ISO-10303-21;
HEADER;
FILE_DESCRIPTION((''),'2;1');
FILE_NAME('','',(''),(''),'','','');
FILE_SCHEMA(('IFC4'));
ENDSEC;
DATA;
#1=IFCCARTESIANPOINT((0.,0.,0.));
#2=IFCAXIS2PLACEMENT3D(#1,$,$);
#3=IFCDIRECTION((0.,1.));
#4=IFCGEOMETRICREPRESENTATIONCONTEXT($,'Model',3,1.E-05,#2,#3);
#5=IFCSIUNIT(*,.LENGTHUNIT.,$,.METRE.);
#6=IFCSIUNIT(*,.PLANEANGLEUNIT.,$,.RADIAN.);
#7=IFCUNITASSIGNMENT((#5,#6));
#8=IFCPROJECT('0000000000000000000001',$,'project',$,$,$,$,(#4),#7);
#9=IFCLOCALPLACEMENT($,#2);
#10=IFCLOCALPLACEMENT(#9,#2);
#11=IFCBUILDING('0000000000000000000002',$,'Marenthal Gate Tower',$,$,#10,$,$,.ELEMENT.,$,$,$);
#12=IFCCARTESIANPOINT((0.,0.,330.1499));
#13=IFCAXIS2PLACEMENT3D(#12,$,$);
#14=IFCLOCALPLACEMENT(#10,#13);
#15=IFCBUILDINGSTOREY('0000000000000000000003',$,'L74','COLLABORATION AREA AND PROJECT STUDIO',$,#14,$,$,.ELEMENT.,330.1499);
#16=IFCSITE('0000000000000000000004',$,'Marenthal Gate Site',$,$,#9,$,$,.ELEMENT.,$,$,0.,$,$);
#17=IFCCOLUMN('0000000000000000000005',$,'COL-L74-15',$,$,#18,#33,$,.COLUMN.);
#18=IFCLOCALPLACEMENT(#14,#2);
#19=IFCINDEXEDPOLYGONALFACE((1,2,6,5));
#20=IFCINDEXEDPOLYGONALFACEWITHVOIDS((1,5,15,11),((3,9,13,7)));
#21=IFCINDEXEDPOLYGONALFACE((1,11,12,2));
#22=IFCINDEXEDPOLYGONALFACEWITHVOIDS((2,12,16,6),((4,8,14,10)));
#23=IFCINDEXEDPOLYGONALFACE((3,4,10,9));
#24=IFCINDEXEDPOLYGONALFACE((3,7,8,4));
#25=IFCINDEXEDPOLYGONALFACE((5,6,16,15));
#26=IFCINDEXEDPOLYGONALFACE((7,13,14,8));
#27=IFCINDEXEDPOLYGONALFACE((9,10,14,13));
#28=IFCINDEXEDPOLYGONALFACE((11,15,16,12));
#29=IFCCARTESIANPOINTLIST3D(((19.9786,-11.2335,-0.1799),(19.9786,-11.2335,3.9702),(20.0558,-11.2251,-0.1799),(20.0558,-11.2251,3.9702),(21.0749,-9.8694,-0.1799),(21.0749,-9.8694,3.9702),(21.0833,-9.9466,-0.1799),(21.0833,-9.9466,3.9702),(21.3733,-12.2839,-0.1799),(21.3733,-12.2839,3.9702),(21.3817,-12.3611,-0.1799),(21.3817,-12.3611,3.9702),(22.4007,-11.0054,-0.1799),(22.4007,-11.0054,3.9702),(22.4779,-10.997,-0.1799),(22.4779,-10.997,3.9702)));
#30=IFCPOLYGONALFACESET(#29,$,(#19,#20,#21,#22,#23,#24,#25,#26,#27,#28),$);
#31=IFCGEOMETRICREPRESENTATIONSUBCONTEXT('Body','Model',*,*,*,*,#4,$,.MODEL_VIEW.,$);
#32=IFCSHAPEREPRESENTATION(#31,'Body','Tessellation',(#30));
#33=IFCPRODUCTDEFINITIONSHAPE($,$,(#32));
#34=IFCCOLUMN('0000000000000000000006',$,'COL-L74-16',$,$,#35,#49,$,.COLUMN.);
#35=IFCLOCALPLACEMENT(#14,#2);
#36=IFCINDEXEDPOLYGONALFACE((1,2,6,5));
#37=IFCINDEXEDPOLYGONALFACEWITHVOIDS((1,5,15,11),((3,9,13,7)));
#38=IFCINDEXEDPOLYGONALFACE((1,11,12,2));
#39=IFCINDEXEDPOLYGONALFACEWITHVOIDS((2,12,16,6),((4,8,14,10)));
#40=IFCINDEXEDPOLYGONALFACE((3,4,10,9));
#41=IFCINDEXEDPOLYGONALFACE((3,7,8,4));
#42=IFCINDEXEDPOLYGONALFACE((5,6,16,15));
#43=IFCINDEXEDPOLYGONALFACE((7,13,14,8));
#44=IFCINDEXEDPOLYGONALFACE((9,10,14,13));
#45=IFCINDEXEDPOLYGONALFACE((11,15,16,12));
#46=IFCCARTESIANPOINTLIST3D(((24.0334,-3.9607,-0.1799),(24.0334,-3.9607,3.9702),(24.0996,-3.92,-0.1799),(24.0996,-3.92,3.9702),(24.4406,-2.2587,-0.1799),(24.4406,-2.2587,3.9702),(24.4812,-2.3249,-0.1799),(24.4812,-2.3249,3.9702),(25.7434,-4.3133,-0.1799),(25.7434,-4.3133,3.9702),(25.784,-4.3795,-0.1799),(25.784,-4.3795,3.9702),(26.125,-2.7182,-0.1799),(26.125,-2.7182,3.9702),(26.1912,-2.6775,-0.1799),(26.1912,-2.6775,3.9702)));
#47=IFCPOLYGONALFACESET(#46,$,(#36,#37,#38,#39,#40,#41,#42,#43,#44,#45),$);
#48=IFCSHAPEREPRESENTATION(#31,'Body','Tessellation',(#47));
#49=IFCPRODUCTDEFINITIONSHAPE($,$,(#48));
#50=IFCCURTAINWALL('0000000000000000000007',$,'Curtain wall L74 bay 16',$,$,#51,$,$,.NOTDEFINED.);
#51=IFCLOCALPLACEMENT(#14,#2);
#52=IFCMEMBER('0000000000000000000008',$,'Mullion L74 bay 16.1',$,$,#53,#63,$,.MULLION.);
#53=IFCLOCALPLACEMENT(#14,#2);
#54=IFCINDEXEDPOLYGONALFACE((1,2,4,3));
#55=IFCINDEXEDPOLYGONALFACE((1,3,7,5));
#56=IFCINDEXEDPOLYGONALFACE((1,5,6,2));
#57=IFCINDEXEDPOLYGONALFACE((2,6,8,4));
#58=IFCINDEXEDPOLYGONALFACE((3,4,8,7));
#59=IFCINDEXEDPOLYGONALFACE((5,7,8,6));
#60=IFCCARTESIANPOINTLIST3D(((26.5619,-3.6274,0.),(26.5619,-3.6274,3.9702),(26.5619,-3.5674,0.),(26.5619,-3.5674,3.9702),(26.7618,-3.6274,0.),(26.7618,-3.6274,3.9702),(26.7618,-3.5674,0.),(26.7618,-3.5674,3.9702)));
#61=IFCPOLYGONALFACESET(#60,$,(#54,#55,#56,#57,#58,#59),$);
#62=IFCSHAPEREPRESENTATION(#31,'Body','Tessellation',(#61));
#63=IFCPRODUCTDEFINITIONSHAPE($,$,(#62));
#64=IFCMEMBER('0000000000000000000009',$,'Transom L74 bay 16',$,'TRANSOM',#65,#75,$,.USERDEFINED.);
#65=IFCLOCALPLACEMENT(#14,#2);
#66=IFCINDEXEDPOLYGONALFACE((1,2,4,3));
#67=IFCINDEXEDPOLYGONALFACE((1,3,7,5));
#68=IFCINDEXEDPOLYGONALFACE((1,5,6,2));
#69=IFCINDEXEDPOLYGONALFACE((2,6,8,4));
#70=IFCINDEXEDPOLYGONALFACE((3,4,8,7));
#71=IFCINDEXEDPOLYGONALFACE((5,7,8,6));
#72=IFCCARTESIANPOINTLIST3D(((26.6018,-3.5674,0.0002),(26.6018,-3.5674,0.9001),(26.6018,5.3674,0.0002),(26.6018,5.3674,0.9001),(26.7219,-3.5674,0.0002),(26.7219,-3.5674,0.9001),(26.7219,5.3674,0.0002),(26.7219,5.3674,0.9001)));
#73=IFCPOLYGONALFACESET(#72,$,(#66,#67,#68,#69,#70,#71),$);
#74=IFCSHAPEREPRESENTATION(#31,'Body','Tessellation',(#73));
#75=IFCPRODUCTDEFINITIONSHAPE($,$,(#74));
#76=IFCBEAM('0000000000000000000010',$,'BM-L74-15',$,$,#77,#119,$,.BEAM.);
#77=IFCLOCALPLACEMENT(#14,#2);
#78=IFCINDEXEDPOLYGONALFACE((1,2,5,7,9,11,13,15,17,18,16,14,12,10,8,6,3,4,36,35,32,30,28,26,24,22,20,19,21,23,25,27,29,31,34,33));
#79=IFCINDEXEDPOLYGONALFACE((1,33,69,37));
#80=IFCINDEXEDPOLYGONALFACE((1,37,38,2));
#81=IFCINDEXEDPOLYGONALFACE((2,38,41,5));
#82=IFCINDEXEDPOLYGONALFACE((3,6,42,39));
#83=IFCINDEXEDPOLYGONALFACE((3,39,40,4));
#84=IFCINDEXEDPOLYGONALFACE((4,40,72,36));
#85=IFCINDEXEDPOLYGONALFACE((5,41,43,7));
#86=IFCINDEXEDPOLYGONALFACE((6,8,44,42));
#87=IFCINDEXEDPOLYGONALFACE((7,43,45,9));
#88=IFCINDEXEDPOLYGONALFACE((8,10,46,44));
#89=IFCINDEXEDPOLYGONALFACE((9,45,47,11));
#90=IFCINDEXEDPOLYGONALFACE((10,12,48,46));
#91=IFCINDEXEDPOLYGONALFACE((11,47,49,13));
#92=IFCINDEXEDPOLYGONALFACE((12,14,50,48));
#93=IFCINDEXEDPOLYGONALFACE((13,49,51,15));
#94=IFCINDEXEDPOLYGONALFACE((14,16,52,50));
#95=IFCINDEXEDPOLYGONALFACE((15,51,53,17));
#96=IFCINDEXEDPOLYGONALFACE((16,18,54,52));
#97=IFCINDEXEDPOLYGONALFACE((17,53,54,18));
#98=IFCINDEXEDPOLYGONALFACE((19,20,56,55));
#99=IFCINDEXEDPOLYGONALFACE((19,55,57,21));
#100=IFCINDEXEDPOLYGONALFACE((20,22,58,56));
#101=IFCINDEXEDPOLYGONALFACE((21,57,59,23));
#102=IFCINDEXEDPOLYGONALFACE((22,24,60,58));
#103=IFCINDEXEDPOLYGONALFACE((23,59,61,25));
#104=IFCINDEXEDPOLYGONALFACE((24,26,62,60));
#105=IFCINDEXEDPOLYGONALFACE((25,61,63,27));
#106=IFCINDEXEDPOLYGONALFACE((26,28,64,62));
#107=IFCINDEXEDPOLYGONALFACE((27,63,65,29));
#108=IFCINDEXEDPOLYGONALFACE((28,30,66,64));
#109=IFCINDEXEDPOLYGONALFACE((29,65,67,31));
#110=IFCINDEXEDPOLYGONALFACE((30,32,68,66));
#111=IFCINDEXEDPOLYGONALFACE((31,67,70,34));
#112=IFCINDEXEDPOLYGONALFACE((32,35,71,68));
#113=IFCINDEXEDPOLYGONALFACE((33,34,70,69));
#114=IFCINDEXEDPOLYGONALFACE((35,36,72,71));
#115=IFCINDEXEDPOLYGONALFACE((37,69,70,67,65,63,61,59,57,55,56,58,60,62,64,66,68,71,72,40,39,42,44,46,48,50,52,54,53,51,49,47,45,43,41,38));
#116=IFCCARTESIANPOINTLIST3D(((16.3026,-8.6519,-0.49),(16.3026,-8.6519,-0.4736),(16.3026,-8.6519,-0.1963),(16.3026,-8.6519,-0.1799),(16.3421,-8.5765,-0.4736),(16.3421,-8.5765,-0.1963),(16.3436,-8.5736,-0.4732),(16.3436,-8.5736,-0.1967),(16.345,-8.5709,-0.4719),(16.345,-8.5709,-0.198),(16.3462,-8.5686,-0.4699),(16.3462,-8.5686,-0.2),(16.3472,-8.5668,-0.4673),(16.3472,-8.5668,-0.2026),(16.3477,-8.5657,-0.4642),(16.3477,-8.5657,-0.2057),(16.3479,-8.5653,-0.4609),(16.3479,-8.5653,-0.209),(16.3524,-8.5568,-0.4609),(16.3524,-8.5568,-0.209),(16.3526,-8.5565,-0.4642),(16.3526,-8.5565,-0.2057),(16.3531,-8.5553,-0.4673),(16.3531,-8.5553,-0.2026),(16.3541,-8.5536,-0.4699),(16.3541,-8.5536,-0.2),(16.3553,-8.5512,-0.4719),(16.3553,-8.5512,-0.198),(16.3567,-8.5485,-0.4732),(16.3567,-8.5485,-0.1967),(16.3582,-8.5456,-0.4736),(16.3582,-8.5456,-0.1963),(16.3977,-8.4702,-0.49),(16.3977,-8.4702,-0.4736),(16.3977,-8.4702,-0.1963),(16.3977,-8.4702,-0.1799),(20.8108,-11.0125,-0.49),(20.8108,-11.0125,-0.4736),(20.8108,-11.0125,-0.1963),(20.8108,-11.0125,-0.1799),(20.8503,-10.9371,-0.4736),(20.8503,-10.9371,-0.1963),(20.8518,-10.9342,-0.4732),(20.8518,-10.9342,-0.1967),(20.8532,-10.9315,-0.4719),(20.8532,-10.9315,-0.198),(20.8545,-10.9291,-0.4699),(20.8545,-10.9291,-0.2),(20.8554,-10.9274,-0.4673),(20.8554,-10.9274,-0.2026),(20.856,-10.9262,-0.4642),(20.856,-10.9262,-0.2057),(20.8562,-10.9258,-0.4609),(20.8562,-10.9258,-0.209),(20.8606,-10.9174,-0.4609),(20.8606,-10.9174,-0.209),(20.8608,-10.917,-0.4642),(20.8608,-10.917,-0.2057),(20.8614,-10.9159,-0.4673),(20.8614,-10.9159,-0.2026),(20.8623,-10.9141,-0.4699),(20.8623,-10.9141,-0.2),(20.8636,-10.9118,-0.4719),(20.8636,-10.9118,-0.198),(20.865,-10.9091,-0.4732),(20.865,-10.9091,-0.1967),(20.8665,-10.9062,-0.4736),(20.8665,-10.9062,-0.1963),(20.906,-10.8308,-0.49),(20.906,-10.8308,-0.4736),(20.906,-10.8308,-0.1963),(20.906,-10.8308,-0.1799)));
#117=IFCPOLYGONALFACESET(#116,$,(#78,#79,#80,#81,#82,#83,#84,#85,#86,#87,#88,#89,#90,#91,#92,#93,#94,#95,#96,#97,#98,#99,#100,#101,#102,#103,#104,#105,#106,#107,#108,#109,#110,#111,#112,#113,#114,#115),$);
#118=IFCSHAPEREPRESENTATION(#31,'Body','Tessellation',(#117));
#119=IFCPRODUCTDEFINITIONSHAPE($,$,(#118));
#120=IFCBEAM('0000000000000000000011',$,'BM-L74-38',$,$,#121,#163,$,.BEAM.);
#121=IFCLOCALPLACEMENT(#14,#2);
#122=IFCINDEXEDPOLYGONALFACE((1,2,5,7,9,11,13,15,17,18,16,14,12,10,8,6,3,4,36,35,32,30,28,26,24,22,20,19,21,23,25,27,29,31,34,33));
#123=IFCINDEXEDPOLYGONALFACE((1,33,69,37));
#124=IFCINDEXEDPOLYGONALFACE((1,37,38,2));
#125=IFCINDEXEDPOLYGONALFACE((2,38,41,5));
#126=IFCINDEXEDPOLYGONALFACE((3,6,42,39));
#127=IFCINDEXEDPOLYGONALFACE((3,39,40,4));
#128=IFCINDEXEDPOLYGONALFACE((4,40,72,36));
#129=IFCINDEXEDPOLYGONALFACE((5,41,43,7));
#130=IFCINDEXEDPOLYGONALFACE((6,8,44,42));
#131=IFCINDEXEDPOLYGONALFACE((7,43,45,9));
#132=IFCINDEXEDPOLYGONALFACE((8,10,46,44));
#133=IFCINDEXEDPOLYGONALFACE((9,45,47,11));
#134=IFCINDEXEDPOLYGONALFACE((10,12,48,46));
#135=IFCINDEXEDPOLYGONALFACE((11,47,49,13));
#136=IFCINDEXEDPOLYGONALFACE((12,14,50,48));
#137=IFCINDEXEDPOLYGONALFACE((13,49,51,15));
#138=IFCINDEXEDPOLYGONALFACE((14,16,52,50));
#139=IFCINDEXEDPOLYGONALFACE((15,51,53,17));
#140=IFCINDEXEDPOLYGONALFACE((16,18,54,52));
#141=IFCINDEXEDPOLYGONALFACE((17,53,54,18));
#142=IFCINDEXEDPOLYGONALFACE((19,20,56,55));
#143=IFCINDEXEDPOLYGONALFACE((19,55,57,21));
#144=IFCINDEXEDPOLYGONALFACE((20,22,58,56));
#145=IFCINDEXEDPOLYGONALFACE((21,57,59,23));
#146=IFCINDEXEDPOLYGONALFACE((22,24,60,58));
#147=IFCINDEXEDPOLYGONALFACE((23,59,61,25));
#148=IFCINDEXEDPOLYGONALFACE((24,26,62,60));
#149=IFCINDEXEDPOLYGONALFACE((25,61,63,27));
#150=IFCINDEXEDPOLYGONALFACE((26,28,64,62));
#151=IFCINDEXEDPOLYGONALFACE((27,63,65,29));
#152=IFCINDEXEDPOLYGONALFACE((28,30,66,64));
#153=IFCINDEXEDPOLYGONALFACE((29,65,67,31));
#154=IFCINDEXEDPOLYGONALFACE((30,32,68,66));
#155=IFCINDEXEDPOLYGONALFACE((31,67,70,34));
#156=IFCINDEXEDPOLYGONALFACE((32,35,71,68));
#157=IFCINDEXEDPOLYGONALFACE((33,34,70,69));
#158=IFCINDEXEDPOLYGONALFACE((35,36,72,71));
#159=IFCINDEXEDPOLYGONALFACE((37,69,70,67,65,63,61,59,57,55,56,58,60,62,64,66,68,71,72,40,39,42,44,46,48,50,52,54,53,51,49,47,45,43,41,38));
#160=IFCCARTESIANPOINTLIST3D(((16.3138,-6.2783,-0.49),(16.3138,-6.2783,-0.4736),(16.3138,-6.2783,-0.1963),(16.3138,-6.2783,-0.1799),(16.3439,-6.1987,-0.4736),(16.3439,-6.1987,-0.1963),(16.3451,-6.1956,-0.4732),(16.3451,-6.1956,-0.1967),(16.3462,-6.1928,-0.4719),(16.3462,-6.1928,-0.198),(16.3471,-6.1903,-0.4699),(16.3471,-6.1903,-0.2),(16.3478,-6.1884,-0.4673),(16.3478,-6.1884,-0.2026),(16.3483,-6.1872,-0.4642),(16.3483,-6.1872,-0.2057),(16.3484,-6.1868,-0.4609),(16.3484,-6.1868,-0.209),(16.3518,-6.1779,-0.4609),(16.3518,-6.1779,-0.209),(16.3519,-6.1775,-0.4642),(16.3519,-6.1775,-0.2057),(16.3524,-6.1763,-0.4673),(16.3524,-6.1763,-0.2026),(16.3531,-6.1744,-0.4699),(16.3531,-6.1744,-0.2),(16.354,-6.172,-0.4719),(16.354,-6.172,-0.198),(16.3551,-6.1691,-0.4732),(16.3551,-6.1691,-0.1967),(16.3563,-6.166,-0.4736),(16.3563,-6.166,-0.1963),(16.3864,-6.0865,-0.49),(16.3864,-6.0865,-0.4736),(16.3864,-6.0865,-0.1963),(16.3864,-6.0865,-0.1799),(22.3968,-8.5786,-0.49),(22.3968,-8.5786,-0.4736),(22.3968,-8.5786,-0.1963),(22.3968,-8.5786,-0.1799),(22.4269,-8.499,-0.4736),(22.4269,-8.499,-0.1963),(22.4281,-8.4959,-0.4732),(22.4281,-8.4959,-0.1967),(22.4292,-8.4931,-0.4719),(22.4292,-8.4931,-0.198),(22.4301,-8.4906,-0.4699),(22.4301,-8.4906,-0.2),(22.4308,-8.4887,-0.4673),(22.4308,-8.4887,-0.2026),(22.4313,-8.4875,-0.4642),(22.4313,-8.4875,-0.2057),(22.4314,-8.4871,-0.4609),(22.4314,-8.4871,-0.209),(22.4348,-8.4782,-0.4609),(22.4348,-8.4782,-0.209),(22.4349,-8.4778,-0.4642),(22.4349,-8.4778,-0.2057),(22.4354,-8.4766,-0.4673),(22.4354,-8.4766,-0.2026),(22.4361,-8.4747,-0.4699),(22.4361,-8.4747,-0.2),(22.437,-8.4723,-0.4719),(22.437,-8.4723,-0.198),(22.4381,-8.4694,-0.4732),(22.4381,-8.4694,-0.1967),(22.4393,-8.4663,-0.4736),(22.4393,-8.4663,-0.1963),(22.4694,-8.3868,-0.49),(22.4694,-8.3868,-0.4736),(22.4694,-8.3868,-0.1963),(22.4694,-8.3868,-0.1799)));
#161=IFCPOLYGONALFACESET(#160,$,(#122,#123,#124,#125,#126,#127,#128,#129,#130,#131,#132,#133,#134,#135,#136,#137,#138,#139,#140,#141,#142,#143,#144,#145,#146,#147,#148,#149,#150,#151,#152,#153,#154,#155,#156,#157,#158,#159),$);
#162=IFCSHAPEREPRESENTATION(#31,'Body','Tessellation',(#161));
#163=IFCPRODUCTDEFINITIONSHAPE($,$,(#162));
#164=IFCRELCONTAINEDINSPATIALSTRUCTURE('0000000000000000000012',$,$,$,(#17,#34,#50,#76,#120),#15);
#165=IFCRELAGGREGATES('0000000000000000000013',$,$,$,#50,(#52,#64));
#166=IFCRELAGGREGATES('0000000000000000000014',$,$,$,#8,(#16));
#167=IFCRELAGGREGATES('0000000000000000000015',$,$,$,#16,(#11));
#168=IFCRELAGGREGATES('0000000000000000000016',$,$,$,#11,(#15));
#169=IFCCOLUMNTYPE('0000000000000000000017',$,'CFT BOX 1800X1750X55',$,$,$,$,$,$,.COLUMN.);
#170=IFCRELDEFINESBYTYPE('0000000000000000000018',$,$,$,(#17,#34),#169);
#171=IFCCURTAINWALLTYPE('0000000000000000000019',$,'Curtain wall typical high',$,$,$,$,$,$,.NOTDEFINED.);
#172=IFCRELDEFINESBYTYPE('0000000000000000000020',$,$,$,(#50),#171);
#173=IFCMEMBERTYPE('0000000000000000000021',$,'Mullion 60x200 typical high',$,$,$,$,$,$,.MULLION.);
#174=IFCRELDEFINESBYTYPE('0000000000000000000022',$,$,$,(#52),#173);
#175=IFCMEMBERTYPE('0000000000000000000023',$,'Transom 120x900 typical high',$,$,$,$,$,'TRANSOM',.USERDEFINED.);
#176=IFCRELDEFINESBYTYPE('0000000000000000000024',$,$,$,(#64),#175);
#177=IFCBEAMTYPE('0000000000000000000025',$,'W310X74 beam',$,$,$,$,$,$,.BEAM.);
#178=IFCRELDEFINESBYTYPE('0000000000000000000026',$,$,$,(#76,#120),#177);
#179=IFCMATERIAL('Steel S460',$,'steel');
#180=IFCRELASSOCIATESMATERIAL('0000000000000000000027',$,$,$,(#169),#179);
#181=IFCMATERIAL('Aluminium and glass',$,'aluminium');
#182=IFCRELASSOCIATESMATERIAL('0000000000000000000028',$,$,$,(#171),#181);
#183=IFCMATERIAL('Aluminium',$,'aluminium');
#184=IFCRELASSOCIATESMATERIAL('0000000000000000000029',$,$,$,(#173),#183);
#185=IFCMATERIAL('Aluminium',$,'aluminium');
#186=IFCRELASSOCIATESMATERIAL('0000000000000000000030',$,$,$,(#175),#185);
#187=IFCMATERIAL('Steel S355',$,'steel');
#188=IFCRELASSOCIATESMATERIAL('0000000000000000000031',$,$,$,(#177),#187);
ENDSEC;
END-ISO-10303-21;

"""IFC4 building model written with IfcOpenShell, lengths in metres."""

from ifc_helpers import new_model, si_unit, direction, frame, origin, origin_2d, place, context, subcontext, project, spatial, rectangle, hollow_rectangle, i_section, extrude, material, material_profile, profile_set, type_object, element, aggregate, save


model = new_model("IFC4")

# Units and contexts
model_context = context("Model", 3, precision=1e-05, world=origin(), true_north=direction((0.0, 1.0)))
body_context = subcontext(model_context, "Body", "Model", "MODEL_VIEW")
ifc_project = project(units=[si_unit("LENGTHUNIT", "METRE"), si_unit("PLANEANGLEUNIT", "RADIAN")], contexts=[model_context])

# Site, building, storey
site_placement = place(None, origin())
site = spatial("IfcSite", under=ifc_project, at=site_placement, Name="Marenthal Gate Site", CompositionType="ELEMENT", RefElevation=0.0)
building_placement = place(site_placement, origin())
building = spatial("IfcBuilding", under=site, at=building_placement, Name="Marenthal Gate Tower", CompositionType="ELEMENT")
storey_placement = place(building_placement, frame((0.0, 0.0, 330.1499)))
storey = spatial("IfcBuildingStorey", under=building, at=storey_placement, Name="L74", Description="COLLABORATION AREA AND PROJECT STUDIO", CompositionType="ELEMENT", Elevation=330.1499)

# Columns
ifc_material_1 = material(Name="Steel S460", Category="steel")
ifc_material_profile_1 = material_profile(ifc_material_1, hollow_rectangle(XDim=1.75, YDim=1.8, WallThickness=0.0549, at=origin_2d()), Name="CFT BOX 1800X1750X55")
ifc_material_2 = material(Name="Concrete 70 MPa", Category="concrete")
ifc_material_profile_2 = material_profile(ifc_material_2, rectangle(XDim=1.6399, YDim=1.6899, at=origin_2d()), Name="CFT BOX 1800X1750X55 INFILL")
ifc_profile_set_1 = profile_set([ifc_material_profile_1, ifc_material_profile_2], Name="Steel S460 shell, Concrete 70 MPa infill")
column_type = type_object("IfcColumnType", Name="CFT BOX 1800X1750X55", PredefinedType="COLUMN", material=ifc_profile_set_1)
for number, where, z_axis, x_axis, name in (
    (1, (21.2283, -11.1152, -0.1799), (0.0, 0.0, 1.0), (-0.626431, -0.779477, 0.0), "COL-L74-15"),
    (2, (25.1123, -3.3191, -0.1799), (0.0, 0.0, 1.0), (-0.232677, -0.972554, 0.0), "COL-L74-16"),
):
    element("IfcColumn", number, at=place(storey_placement, frame(where, z_axis=z_axis, x_axis=x_axis)), inside=storey, type_object=column_type, Name=name, PredefinedType="COLUMN", context=body_context, shape_type="SweptSolid", body=[
        extrude(hollow_rectangle(XDim=1.75, YDim=1.8, WallThickness=0.0549, at=origin_2d()), origin(), (0.0, 0.0, 1.0), 4.1501),
    ])

# Curtain wall, members
ifc_material_3 = material(Name="Aluminium and glass", Category="aluminium")
curtain_wall_type = type_object("IfcCurtainWallType", Name="Curtain wall typical high", PredefinedType="NOTDEFINED", material=ifc_material_3)
curtain_wall_placement = place(storey_placement, origin())
curtain_wall = element("IfcCurtainWall", 3, at=curtain_wall_placement, inside=storey, type_object=curtain_wall_type, Name="Curtain wall L74 bay 16", PredefinedType="NOTDEFINED")
ifc_material_4 = material(Name="Aluminium", Category="aluminium")
ifc_material_profile_3 = material_profile(ifc_material_4, rectangle(XDim=0.2, YDim=0.0601, at=origin_2d()), Name="60x200 aluminium mullion")
ifc_profile_set_2 = profile_set([ifc_material_profile_3], Name="Aluminium")
member_type_1 = type_object("IfcMemberType", Name="Mullion 60x200 typical high", PredefinedType="MULLION", material=ifc_profile_set_2)
member_1_placement = place(storey_placement, frame((26.6619, -3.5974, 0.0), z_axis=(0.0, 0.0, 1.0), x_axis=(-1.0, 0.0, 0.0)))
member_1 = element("IfcMember", 4, at=member_1_placement, type_object=member_type_1, Name="Mullion L74 bay 16.1", PredefinedType="MULLION", context=body_context, shape_type="SweptSolid", body=[
    extrude(rectangle(XDim=0.2, YDim=0.0601, at=origin_2d()), origin(), (0.0, 0.0, 1.0), 3.9702),
])
ifc_material_5 = material(Name="Aluminium", Category="aluminium")
ifc_material_profile_4 = material_profile(ifc_material_5, rectangle(XDim=0.1201, YDim=0.8999, at=origin_2d()), Name="120x900 aluminium transom")
ifc_profile_set_3 = profile_set([ifc_material_profile_4], Name="Aluminium")
member_type_2 = type_object("IfcMemberType", Name="Transom 120x900 typical high", ElementType="TRANSOM", PredefinedType="USERDEFINED", material=ifc_profile_set_3)
member_2_placement = place(storey_placement, frame((26.6619, -3.5674, 0.4502), z_axis=(0.0, 1.0, 0.0), x_axis=(-1.0, 0.0, 0.0)))
member_2 = element("IfcMember", 5, at=member_2_placement, type_object=member_type_2, Name="Transom L74 bay 16", ObjectType="TRANSOM", PredefinedType="USERDEFINED", context=body_context, shape_type="SweptSolid", body=[
    extrude(rectangle(XDim=0.1201, YDim=0.8999, at=origin_2d()), origin(), (0.0, 0.0, 1.0), 8.9348),
])

# Beams
ifc_material_6 = material(Name="Steel S355", Category="steel")
ifc_material_profile_5 = material_profile(ifc_material_6, i_section(OverallWidth=0.2051, OverallDepth=0.3101, WebThickness=0.0095, FlangeThickness=0.0164, FilletRadius=0.0127, at=origin_2d()), Name="W310X74")
ifc_profile_set_4 = profile_set([ifc_material_profile_5], Name="Steel S355")
beam_type_1 = type_object("IfcBeamType", Name="W310X74 beam", PredefinedType="BEAM", material=ifc_profile_set_4)
beam_1_placement = place(storey_placement, frame((20.8584, -10.9216, -0.335), z_axis=(-0.885904, 0.463869, 0.0), x_axis=(-0.463869, -0.885904, 0.0)))
element("IfcBeam", 6, at=beam_1_placement, inside=storey, type_object=beam_type_1, Name="BM-L74-15", PredefinedType="BEAM", context=body_context, shape_type="SweptSolid", body=[
    extrude(i_section(OverallWidth=0.2051, OverallDepth=0.3101, WebThickness=0.0095, FlangeThickness=0.0164, FilletRadius=0.0127, at=origin_2d()), origin(), (0.0, 0.0, 1.0), 5.0889),
])
beam_2_placement = place(storey_placement, frame((22.4331, -8.4827, -0.335), z_axis=(-0.935357, 0.353706, 0.0), x_axis=(-0.353706, -0.935357, 0.0)))
element("IfcBeam", 7, at=beam_2_placement, inside=storey, type_object=beam_type_1, Name="BM-L74-38", PredefinedType="BEAM", context=body_context, shape_type="SweptSolid", body=[
    extrude(i_section(OverallWidth=0.2051, OverallDepth=0.3101, WebThickness=0.0095, FlangeThickness=0.0164, FilletRadius=0.0127, at=origin_2d()), origin(), (0.0, 0.0, 1.0), 6.5034),
])

aggregate(curtain_wall, [member_1, member_2])

save(model, "model.ifc")
